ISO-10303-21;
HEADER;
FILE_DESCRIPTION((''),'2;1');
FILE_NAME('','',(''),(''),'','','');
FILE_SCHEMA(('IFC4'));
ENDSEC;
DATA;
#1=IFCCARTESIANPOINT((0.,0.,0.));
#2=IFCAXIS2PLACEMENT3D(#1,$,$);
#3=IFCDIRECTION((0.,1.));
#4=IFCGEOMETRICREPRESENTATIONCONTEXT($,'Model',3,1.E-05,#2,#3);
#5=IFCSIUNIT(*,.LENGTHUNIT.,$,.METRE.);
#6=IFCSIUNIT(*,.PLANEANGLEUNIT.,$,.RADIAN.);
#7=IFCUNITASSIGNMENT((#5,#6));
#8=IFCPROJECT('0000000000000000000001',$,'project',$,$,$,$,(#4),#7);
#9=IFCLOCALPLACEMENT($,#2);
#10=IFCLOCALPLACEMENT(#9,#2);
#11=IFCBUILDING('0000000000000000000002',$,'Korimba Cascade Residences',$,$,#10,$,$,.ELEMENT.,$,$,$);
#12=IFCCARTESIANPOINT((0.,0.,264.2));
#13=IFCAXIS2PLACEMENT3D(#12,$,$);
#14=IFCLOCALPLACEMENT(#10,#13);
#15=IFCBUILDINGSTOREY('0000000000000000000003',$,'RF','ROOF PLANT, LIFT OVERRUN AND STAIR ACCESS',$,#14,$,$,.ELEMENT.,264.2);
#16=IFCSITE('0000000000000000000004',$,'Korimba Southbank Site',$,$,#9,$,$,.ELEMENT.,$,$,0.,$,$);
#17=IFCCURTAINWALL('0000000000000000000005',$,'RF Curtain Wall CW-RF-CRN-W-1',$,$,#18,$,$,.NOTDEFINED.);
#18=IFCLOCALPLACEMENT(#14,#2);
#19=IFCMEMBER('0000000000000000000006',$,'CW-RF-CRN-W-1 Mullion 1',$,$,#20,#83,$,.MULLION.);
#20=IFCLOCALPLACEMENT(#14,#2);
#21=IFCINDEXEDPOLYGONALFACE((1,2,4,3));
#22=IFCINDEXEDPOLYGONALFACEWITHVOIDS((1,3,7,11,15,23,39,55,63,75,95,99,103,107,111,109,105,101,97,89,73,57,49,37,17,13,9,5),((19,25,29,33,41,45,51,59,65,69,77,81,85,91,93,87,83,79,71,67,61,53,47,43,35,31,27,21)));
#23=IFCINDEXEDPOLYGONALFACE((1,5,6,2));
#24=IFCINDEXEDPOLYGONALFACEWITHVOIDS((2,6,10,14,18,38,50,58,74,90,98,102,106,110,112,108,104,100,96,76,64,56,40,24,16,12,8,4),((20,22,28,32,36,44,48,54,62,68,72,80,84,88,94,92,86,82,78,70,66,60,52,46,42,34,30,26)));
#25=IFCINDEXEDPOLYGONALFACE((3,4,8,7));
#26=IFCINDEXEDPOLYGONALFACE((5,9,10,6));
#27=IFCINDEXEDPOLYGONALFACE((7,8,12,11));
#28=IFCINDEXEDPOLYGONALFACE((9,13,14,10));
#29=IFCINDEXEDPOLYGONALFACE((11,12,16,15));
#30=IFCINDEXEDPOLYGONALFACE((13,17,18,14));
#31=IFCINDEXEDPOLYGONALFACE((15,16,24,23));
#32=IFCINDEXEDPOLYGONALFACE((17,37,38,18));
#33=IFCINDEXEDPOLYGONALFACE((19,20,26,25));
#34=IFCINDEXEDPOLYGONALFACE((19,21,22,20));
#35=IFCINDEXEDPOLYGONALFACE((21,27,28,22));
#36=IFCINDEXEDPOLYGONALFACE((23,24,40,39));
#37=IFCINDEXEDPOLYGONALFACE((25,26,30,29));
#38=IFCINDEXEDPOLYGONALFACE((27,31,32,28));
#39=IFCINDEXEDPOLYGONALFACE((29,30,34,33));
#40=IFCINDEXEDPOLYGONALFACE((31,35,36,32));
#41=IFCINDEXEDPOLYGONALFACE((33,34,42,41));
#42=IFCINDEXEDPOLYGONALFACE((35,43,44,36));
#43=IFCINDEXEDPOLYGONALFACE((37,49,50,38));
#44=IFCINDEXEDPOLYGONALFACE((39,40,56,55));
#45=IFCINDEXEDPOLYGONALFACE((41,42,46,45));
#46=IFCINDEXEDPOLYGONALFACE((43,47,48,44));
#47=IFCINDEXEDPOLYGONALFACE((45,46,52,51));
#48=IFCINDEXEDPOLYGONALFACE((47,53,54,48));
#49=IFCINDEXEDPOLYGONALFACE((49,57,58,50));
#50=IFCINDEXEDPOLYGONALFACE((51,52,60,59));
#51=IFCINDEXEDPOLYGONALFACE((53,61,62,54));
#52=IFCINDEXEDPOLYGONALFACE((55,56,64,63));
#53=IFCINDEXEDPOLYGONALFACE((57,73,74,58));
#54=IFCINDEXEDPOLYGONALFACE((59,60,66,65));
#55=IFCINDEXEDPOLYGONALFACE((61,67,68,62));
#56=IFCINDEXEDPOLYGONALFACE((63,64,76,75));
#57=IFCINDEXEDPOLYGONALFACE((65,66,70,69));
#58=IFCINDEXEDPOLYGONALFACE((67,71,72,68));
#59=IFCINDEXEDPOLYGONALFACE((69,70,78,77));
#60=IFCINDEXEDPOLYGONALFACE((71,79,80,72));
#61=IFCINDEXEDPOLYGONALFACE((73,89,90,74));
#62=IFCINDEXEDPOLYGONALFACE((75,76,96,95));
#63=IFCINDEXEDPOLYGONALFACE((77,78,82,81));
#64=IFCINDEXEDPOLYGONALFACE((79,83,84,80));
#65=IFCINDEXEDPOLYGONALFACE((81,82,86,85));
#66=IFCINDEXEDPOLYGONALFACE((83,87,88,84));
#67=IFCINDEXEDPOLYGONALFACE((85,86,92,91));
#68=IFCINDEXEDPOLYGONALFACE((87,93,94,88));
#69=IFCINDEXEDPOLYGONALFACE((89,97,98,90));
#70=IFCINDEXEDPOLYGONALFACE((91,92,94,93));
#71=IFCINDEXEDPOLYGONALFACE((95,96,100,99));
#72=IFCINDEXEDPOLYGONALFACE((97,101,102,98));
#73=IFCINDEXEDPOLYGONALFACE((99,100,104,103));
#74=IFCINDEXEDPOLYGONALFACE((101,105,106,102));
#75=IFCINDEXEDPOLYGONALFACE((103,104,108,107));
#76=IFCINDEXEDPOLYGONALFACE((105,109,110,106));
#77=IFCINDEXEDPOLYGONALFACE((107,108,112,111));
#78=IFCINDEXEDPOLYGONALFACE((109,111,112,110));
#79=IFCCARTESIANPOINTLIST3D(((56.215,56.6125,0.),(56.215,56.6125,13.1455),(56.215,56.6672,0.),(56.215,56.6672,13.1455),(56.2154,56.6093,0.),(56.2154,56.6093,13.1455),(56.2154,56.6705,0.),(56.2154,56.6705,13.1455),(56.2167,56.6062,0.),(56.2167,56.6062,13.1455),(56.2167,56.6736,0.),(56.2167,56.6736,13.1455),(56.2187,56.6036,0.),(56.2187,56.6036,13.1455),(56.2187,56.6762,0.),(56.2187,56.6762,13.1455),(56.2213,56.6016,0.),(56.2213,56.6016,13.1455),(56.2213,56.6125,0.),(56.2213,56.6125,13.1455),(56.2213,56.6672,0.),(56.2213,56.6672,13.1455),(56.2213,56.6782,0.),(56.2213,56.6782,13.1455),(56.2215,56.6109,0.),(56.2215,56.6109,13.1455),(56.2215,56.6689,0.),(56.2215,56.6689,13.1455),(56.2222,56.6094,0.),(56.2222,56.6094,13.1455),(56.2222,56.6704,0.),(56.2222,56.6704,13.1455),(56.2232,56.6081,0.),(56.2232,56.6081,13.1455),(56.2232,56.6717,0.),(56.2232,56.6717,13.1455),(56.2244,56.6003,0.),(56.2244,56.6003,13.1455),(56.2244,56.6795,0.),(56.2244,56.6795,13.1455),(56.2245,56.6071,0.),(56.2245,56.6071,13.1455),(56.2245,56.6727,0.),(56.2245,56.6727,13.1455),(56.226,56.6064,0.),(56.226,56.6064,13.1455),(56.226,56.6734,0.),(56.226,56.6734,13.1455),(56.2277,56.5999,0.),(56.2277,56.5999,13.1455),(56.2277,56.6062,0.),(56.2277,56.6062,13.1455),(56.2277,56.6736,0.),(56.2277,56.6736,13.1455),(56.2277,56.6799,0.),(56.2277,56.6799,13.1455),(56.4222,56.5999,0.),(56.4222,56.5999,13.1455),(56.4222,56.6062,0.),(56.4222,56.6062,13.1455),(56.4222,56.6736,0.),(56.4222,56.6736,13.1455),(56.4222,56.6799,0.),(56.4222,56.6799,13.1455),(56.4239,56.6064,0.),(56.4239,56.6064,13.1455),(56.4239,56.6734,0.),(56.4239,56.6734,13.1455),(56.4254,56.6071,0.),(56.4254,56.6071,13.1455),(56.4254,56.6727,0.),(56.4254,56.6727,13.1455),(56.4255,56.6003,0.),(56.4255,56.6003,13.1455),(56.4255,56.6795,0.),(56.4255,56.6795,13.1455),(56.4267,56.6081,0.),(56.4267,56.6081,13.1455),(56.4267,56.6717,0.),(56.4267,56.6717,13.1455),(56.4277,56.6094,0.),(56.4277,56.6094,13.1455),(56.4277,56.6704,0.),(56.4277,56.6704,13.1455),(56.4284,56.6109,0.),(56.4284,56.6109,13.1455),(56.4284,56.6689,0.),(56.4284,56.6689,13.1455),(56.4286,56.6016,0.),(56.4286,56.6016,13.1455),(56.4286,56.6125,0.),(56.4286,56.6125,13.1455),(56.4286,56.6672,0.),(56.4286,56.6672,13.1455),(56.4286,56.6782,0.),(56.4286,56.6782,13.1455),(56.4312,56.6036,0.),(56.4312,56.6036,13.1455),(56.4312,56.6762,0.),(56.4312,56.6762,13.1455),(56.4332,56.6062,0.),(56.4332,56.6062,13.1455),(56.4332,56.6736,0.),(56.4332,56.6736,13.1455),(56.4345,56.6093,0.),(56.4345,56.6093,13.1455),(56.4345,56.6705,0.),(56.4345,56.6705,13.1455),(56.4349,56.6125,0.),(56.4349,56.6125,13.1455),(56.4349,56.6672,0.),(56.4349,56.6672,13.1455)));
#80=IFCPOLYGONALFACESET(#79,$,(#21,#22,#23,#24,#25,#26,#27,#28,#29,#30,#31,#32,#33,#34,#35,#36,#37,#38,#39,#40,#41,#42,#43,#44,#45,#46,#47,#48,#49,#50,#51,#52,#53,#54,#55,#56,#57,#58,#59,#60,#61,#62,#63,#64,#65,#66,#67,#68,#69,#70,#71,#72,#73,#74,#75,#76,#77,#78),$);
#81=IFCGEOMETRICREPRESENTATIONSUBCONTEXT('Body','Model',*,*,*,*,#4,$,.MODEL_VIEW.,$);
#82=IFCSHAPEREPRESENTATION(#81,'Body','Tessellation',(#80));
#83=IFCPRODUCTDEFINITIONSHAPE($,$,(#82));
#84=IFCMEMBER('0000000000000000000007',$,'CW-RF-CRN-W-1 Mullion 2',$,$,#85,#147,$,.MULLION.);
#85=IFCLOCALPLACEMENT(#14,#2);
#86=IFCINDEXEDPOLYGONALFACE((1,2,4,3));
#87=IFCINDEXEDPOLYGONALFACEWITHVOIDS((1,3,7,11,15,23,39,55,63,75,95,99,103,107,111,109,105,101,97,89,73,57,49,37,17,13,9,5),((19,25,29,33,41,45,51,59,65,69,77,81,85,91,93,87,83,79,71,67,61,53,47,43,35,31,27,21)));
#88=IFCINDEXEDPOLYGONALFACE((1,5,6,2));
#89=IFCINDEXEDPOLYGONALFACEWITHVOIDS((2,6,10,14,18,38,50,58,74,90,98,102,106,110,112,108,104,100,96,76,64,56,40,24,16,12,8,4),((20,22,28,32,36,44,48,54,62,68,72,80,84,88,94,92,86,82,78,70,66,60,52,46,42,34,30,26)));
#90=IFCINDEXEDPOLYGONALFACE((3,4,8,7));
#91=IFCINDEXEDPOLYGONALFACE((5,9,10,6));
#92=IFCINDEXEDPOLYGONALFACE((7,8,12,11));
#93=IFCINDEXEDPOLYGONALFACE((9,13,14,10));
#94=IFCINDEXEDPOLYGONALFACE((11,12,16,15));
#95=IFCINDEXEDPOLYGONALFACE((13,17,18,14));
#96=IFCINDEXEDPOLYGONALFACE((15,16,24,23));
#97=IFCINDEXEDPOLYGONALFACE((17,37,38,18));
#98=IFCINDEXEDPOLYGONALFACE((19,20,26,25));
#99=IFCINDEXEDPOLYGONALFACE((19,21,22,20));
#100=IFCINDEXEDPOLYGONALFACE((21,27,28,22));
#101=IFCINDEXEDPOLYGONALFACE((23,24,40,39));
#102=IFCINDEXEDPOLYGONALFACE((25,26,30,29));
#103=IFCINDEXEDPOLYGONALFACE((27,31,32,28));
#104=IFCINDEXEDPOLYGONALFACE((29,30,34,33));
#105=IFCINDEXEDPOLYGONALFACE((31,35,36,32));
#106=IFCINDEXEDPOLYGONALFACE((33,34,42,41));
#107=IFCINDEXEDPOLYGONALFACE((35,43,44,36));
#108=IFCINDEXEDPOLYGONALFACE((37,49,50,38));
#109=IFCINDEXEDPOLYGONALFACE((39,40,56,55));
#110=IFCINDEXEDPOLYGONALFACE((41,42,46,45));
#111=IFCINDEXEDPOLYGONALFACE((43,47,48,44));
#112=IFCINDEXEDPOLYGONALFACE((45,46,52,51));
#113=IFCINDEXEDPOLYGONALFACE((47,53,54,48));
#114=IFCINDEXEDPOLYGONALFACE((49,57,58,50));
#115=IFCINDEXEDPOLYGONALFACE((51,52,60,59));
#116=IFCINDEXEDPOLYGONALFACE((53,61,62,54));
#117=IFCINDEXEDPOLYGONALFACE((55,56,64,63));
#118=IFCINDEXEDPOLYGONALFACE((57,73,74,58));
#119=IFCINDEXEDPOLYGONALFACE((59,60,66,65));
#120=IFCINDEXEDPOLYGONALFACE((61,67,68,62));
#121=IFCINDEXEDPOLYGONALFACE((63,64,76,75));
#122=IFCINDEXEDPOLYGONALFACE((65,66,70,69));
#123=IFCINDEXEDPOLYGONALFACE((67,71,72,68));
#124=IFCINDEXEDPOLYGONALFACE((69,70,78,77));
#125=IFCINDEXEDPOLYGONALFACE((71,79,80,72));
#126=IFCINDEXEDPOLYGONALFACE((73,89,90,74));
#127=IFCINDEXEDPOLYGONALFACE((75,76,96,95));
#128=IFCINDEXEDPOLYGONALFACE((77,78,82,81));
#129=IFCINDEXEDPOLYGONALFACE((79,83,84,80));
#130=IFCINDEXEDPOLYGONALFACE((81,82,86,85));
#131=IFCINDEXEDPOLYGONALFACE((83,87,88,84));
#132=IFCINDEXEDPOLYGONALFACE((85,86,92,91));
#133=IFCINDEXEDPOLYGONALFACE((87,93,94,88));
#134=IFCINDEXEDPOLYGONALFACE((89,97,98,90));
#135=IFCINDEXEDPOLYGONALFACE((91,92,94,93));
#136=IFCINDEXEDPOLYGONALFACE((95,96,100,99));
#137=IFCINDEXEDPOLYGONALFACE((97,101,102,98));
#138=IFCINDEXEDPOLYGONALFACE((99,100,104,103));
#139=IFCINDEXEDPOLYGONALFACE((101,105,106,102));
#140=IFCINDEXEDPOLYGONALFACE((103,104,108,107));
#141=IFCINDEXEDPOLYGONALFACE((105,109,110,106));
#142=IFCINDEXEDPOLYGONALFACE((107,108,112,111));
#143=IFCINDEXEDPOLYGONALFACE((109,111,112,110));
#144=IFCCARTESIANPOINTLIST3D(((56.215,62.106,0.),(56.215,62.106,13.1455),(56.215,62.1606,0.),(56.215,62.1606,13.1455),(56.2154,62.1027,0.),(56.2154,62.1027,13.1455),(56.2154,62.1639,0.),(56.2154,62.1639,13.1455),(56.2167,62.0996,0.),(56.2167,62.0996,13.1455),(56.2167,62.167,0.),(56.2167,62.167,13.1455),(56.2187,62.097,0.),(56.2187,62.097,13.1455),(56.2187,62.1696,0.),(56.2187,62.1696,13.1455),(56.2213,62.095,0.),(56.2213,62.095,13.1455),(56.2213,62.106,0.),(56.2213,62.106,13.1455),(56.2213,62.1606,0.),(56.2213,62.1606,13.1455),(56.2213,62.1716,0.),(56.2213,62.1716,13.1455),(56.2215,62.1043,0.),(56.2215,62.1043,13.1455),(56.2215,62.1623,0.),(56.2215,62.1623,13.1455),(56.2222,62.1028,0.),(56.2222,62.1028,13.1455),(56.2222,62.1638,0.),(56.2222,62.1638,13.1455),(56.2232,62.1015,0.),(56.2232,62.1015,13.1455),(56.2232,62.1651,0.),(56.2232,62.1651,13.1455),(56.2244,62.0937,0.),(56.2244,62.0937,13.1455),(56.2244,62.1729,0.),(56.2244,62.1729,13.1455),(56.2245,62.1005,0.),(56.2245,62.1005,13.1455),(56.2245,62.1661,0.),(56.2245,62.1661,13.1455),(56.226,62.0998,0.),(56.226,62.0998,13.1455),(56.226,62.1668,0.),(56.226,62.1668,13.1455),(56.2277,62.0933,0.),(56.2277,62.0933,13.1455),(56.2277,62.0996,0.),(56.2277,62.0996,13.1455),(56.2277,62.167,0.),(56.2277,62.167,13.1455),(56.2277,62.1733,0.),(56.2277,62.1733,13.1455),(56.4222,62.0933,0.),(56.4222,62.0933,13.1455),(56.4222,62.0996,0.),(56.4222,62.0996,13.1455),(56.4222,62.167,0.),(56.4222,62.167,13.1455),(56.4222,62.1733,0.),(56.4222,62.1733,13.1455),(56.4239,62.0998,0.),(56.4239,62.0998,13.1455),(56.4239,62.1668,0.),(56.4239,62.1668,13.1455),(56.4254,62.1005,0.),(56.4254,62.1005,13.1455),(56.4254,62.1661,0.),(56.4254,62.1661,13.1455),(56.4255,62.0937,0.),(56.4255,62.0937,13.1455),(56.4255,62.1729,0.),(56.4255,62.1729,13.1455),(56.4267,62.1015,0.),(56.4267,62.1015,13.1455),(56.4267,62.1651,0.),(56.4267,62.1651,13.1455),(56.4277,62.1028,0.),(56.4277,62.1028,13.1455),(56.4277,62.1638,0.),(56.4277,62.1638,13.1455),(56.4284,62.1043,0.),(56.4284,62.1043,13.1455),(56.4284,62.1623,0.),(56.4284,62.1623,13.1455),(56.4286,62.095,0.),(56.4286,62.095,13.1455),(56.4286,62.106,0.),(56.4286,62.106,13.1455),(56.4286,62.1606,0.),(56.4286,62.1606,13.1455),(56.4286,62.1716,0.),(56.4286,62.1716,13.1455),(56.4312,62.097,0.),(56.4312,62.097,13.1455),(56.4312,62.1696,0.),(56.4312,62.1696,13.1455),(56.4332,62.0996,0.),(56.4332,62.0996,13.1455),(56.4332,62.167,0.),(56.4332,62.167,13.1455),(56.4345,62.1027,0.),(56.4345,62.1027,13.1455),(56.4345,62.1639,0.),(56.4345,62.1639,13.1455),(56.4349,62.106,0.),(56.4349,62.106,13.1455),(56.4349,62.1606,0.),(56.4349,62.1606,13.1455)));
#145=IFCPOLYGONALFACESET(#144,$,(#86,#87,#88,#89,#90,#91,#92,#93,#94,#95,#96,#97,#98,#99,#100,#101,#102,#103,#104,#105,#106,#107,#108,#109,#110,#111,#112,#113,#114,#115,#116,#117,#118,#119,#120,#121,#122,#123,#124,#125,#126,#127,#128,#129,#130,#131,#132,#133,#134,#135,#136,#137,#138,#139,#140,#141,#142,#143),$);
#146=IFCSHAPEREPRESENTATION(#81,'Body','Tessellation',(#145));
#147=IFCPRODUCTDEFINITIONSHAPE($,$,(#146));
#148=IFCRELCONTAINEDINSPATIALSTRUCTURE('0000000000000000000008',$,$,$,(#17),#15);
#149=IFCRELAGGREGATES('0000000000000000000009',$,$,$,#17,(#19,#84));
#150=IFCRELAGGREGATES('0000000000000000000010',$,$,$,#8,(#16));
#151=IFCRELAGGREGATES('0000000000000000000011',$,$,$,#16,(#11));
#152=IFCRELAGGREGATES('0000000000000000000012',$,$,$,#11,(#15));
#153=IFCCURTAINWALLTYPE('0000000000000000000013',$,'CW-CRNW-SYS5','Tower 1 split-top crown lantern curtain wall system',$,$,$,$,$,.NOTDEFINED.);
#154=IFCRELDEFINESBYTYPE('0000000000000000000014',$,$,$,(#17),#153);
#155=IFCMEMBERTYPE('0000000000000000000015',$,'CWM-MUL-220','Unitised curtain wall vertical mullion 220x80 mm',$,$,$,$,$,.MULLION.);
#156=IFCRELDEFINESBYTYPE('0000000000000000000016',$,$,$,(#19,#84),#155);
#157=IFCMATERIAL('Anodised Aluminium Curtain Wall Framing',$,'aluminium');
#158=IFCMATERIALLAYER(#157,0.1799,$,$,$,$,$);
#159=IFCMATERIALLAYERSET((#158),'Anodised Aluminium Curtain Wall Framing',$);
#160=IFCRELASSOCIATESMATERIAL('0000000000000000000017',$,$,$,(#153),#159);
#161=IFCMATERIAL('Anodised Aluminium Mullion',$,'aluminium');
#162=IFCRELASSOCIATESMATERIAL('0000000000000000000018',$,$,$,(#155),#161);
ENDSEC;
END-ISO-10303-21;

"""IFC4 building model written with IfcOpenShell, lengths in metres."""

from ifc_helpers import new_model, si_unit, direction, frame, origin, origin_2d, place, context, subcontext, project, spatial, hollow_rectangle, extrude, material, layer, layer_set, material_profile, profile_set, type_object, element, aggregate, save


model = new_model("IFC4")

# Units and contexts
model_context = context("Model", 3, precision=1e-05, world=origin(), true_north=direction((0.0, 1.0)))
body_context = subcontext(model_context, "Body", "Model", "MODEL_VIEW")
ifc_project = project(units=[si_unit("LENGTHUNIT", "METRE"), si_unit("PLANEANGLEUNIT", "RADIAN")], contexts=[model_context])

# Site, building, storey
site_placement = place(None, origin())
site = spatial("IfcSite", under=ifc_project, at=site_placement, Name="Korimba Southbank Site", CompositionType="ELEMENT", RefElevation=0.0)
building_placement = place(site_placement, origin())
building = spatial("IfcBuilding", under=site, at=building_placement, Name="Korimba Cascade Residences", CompositionType="ELEMENT")
storey_placement = place(building_placement, frame((0.0, 0.0, 264.2)))
storey = spatial("IfcBuildingStorey", under=building, at=storey_placement, Name="RF", Description="ROOF PLANT, LIFT OVERRUN AND STAIR ACCESS", CompositionType="ELEMENT", Elevation=264.2)

# Curtain wall, members
ifc_material_1 = material(Name="Anodised Aluminium Curtain Wall Framing", Category="aluminium")
ifc_layer_1 = layer(ifc_material_1, 0.1799)
ifc_layer_set_1 = layer_set([ifc_layer_1], Name="Anodised Aluminium Curtain Wall Framing")
curtain_wall_type = type_object("IfcCurtainWallType", Name="CW-CRNW-SYS5", Description="Tower 1 split-top crown lantern curtain wall system", PredefinedType="NOTDEFINED", material=ifc_layer_set_1)
curtain_wall_1_placement = place(storey_placement, origin())
curtain_wall_1 = element("IfcCurtainWall", 1, at=curtain_wall_1_placement, inside=storey, type_object=curtain_wall_type, Name="RF Curtain Wall CW-RF-CRN-W-1", PredefinedType="NOTDEFINED")
ifc_material_2 = material(Name="Anodised Aluminium Mullion", Category="aluminium")
ifc_material_profile_1 = material_profile(ifc_material_2, hollow_rectangle(XDim=0.0801, YDim=0.22, WallThickness=0.0063, InnerFilletRadius=0.0063, OuterFilletRadius=0.0127, at=origin_2d()), Name="Anodised Aluminium Mullion")
ifc_profile_set_1 = profile_set([ifc_material_profile_1], Name="Anodised Aluminium Mullion")
member_type_1 = type_object("IfcMemberType", Name="CWM-MUL-220", Description="Unitised curtain wall vertical mullion 220x80 mm", PredefinedType="MULLION", material=ifc_profile_set_1)
member_1_placement = place(storey_placement, frame((56.325, 56.6399, 0.0), z_axis=(0.0, 0.0, 1.0), x_axis=(0.0, 1.0, 0.0)))
member_1 = element("IfcMember", 2, at=member_1_placement, type_object=member_type_1, Name="CW-RF-CRN-W-1 Mullion 1", PredefinedType="MULLION", context=body_context, shape_type="SweptSolid", body=[
    extrude(hollow_rectangle(XDim=0.0801, YDim=0.22, WallThickness=0.0063, InnerFilletRadius=0.0063, OuterFilletRadius=0.0127, at=origin_2d()), origin(), (0.0, 0.0, 1.0), 13.1455),
])
member_2_placement = place(storey_placement, frame((56.325, 62.1333, 0.0), z_axis=(0.0, 0.0, 1.0), x_axis=(0.0, 1.0, 0.0)))
member_2 = element("IfcMember", 3, at=member_2_placement, type_object=member_type_1, Name="CW-RF-CRN-W-1 Mullion 2", PredefinedType="MULLION", context=body_context, shape_type="SweptSolid", body=[
    extrude(hollow_rectangle(XDim=0.0801, YDim=0.22, WallThickness=0.0063, InnerFilletRadius=0.0063, OuterFilletRadius=0.0127, at=origin_2d()), origin(), (0.0, 0.0, 1.0), 13.1455),
])

aggregate(curtain_wall_1, [member_1, member_2])

save(model, "model.ifc")
